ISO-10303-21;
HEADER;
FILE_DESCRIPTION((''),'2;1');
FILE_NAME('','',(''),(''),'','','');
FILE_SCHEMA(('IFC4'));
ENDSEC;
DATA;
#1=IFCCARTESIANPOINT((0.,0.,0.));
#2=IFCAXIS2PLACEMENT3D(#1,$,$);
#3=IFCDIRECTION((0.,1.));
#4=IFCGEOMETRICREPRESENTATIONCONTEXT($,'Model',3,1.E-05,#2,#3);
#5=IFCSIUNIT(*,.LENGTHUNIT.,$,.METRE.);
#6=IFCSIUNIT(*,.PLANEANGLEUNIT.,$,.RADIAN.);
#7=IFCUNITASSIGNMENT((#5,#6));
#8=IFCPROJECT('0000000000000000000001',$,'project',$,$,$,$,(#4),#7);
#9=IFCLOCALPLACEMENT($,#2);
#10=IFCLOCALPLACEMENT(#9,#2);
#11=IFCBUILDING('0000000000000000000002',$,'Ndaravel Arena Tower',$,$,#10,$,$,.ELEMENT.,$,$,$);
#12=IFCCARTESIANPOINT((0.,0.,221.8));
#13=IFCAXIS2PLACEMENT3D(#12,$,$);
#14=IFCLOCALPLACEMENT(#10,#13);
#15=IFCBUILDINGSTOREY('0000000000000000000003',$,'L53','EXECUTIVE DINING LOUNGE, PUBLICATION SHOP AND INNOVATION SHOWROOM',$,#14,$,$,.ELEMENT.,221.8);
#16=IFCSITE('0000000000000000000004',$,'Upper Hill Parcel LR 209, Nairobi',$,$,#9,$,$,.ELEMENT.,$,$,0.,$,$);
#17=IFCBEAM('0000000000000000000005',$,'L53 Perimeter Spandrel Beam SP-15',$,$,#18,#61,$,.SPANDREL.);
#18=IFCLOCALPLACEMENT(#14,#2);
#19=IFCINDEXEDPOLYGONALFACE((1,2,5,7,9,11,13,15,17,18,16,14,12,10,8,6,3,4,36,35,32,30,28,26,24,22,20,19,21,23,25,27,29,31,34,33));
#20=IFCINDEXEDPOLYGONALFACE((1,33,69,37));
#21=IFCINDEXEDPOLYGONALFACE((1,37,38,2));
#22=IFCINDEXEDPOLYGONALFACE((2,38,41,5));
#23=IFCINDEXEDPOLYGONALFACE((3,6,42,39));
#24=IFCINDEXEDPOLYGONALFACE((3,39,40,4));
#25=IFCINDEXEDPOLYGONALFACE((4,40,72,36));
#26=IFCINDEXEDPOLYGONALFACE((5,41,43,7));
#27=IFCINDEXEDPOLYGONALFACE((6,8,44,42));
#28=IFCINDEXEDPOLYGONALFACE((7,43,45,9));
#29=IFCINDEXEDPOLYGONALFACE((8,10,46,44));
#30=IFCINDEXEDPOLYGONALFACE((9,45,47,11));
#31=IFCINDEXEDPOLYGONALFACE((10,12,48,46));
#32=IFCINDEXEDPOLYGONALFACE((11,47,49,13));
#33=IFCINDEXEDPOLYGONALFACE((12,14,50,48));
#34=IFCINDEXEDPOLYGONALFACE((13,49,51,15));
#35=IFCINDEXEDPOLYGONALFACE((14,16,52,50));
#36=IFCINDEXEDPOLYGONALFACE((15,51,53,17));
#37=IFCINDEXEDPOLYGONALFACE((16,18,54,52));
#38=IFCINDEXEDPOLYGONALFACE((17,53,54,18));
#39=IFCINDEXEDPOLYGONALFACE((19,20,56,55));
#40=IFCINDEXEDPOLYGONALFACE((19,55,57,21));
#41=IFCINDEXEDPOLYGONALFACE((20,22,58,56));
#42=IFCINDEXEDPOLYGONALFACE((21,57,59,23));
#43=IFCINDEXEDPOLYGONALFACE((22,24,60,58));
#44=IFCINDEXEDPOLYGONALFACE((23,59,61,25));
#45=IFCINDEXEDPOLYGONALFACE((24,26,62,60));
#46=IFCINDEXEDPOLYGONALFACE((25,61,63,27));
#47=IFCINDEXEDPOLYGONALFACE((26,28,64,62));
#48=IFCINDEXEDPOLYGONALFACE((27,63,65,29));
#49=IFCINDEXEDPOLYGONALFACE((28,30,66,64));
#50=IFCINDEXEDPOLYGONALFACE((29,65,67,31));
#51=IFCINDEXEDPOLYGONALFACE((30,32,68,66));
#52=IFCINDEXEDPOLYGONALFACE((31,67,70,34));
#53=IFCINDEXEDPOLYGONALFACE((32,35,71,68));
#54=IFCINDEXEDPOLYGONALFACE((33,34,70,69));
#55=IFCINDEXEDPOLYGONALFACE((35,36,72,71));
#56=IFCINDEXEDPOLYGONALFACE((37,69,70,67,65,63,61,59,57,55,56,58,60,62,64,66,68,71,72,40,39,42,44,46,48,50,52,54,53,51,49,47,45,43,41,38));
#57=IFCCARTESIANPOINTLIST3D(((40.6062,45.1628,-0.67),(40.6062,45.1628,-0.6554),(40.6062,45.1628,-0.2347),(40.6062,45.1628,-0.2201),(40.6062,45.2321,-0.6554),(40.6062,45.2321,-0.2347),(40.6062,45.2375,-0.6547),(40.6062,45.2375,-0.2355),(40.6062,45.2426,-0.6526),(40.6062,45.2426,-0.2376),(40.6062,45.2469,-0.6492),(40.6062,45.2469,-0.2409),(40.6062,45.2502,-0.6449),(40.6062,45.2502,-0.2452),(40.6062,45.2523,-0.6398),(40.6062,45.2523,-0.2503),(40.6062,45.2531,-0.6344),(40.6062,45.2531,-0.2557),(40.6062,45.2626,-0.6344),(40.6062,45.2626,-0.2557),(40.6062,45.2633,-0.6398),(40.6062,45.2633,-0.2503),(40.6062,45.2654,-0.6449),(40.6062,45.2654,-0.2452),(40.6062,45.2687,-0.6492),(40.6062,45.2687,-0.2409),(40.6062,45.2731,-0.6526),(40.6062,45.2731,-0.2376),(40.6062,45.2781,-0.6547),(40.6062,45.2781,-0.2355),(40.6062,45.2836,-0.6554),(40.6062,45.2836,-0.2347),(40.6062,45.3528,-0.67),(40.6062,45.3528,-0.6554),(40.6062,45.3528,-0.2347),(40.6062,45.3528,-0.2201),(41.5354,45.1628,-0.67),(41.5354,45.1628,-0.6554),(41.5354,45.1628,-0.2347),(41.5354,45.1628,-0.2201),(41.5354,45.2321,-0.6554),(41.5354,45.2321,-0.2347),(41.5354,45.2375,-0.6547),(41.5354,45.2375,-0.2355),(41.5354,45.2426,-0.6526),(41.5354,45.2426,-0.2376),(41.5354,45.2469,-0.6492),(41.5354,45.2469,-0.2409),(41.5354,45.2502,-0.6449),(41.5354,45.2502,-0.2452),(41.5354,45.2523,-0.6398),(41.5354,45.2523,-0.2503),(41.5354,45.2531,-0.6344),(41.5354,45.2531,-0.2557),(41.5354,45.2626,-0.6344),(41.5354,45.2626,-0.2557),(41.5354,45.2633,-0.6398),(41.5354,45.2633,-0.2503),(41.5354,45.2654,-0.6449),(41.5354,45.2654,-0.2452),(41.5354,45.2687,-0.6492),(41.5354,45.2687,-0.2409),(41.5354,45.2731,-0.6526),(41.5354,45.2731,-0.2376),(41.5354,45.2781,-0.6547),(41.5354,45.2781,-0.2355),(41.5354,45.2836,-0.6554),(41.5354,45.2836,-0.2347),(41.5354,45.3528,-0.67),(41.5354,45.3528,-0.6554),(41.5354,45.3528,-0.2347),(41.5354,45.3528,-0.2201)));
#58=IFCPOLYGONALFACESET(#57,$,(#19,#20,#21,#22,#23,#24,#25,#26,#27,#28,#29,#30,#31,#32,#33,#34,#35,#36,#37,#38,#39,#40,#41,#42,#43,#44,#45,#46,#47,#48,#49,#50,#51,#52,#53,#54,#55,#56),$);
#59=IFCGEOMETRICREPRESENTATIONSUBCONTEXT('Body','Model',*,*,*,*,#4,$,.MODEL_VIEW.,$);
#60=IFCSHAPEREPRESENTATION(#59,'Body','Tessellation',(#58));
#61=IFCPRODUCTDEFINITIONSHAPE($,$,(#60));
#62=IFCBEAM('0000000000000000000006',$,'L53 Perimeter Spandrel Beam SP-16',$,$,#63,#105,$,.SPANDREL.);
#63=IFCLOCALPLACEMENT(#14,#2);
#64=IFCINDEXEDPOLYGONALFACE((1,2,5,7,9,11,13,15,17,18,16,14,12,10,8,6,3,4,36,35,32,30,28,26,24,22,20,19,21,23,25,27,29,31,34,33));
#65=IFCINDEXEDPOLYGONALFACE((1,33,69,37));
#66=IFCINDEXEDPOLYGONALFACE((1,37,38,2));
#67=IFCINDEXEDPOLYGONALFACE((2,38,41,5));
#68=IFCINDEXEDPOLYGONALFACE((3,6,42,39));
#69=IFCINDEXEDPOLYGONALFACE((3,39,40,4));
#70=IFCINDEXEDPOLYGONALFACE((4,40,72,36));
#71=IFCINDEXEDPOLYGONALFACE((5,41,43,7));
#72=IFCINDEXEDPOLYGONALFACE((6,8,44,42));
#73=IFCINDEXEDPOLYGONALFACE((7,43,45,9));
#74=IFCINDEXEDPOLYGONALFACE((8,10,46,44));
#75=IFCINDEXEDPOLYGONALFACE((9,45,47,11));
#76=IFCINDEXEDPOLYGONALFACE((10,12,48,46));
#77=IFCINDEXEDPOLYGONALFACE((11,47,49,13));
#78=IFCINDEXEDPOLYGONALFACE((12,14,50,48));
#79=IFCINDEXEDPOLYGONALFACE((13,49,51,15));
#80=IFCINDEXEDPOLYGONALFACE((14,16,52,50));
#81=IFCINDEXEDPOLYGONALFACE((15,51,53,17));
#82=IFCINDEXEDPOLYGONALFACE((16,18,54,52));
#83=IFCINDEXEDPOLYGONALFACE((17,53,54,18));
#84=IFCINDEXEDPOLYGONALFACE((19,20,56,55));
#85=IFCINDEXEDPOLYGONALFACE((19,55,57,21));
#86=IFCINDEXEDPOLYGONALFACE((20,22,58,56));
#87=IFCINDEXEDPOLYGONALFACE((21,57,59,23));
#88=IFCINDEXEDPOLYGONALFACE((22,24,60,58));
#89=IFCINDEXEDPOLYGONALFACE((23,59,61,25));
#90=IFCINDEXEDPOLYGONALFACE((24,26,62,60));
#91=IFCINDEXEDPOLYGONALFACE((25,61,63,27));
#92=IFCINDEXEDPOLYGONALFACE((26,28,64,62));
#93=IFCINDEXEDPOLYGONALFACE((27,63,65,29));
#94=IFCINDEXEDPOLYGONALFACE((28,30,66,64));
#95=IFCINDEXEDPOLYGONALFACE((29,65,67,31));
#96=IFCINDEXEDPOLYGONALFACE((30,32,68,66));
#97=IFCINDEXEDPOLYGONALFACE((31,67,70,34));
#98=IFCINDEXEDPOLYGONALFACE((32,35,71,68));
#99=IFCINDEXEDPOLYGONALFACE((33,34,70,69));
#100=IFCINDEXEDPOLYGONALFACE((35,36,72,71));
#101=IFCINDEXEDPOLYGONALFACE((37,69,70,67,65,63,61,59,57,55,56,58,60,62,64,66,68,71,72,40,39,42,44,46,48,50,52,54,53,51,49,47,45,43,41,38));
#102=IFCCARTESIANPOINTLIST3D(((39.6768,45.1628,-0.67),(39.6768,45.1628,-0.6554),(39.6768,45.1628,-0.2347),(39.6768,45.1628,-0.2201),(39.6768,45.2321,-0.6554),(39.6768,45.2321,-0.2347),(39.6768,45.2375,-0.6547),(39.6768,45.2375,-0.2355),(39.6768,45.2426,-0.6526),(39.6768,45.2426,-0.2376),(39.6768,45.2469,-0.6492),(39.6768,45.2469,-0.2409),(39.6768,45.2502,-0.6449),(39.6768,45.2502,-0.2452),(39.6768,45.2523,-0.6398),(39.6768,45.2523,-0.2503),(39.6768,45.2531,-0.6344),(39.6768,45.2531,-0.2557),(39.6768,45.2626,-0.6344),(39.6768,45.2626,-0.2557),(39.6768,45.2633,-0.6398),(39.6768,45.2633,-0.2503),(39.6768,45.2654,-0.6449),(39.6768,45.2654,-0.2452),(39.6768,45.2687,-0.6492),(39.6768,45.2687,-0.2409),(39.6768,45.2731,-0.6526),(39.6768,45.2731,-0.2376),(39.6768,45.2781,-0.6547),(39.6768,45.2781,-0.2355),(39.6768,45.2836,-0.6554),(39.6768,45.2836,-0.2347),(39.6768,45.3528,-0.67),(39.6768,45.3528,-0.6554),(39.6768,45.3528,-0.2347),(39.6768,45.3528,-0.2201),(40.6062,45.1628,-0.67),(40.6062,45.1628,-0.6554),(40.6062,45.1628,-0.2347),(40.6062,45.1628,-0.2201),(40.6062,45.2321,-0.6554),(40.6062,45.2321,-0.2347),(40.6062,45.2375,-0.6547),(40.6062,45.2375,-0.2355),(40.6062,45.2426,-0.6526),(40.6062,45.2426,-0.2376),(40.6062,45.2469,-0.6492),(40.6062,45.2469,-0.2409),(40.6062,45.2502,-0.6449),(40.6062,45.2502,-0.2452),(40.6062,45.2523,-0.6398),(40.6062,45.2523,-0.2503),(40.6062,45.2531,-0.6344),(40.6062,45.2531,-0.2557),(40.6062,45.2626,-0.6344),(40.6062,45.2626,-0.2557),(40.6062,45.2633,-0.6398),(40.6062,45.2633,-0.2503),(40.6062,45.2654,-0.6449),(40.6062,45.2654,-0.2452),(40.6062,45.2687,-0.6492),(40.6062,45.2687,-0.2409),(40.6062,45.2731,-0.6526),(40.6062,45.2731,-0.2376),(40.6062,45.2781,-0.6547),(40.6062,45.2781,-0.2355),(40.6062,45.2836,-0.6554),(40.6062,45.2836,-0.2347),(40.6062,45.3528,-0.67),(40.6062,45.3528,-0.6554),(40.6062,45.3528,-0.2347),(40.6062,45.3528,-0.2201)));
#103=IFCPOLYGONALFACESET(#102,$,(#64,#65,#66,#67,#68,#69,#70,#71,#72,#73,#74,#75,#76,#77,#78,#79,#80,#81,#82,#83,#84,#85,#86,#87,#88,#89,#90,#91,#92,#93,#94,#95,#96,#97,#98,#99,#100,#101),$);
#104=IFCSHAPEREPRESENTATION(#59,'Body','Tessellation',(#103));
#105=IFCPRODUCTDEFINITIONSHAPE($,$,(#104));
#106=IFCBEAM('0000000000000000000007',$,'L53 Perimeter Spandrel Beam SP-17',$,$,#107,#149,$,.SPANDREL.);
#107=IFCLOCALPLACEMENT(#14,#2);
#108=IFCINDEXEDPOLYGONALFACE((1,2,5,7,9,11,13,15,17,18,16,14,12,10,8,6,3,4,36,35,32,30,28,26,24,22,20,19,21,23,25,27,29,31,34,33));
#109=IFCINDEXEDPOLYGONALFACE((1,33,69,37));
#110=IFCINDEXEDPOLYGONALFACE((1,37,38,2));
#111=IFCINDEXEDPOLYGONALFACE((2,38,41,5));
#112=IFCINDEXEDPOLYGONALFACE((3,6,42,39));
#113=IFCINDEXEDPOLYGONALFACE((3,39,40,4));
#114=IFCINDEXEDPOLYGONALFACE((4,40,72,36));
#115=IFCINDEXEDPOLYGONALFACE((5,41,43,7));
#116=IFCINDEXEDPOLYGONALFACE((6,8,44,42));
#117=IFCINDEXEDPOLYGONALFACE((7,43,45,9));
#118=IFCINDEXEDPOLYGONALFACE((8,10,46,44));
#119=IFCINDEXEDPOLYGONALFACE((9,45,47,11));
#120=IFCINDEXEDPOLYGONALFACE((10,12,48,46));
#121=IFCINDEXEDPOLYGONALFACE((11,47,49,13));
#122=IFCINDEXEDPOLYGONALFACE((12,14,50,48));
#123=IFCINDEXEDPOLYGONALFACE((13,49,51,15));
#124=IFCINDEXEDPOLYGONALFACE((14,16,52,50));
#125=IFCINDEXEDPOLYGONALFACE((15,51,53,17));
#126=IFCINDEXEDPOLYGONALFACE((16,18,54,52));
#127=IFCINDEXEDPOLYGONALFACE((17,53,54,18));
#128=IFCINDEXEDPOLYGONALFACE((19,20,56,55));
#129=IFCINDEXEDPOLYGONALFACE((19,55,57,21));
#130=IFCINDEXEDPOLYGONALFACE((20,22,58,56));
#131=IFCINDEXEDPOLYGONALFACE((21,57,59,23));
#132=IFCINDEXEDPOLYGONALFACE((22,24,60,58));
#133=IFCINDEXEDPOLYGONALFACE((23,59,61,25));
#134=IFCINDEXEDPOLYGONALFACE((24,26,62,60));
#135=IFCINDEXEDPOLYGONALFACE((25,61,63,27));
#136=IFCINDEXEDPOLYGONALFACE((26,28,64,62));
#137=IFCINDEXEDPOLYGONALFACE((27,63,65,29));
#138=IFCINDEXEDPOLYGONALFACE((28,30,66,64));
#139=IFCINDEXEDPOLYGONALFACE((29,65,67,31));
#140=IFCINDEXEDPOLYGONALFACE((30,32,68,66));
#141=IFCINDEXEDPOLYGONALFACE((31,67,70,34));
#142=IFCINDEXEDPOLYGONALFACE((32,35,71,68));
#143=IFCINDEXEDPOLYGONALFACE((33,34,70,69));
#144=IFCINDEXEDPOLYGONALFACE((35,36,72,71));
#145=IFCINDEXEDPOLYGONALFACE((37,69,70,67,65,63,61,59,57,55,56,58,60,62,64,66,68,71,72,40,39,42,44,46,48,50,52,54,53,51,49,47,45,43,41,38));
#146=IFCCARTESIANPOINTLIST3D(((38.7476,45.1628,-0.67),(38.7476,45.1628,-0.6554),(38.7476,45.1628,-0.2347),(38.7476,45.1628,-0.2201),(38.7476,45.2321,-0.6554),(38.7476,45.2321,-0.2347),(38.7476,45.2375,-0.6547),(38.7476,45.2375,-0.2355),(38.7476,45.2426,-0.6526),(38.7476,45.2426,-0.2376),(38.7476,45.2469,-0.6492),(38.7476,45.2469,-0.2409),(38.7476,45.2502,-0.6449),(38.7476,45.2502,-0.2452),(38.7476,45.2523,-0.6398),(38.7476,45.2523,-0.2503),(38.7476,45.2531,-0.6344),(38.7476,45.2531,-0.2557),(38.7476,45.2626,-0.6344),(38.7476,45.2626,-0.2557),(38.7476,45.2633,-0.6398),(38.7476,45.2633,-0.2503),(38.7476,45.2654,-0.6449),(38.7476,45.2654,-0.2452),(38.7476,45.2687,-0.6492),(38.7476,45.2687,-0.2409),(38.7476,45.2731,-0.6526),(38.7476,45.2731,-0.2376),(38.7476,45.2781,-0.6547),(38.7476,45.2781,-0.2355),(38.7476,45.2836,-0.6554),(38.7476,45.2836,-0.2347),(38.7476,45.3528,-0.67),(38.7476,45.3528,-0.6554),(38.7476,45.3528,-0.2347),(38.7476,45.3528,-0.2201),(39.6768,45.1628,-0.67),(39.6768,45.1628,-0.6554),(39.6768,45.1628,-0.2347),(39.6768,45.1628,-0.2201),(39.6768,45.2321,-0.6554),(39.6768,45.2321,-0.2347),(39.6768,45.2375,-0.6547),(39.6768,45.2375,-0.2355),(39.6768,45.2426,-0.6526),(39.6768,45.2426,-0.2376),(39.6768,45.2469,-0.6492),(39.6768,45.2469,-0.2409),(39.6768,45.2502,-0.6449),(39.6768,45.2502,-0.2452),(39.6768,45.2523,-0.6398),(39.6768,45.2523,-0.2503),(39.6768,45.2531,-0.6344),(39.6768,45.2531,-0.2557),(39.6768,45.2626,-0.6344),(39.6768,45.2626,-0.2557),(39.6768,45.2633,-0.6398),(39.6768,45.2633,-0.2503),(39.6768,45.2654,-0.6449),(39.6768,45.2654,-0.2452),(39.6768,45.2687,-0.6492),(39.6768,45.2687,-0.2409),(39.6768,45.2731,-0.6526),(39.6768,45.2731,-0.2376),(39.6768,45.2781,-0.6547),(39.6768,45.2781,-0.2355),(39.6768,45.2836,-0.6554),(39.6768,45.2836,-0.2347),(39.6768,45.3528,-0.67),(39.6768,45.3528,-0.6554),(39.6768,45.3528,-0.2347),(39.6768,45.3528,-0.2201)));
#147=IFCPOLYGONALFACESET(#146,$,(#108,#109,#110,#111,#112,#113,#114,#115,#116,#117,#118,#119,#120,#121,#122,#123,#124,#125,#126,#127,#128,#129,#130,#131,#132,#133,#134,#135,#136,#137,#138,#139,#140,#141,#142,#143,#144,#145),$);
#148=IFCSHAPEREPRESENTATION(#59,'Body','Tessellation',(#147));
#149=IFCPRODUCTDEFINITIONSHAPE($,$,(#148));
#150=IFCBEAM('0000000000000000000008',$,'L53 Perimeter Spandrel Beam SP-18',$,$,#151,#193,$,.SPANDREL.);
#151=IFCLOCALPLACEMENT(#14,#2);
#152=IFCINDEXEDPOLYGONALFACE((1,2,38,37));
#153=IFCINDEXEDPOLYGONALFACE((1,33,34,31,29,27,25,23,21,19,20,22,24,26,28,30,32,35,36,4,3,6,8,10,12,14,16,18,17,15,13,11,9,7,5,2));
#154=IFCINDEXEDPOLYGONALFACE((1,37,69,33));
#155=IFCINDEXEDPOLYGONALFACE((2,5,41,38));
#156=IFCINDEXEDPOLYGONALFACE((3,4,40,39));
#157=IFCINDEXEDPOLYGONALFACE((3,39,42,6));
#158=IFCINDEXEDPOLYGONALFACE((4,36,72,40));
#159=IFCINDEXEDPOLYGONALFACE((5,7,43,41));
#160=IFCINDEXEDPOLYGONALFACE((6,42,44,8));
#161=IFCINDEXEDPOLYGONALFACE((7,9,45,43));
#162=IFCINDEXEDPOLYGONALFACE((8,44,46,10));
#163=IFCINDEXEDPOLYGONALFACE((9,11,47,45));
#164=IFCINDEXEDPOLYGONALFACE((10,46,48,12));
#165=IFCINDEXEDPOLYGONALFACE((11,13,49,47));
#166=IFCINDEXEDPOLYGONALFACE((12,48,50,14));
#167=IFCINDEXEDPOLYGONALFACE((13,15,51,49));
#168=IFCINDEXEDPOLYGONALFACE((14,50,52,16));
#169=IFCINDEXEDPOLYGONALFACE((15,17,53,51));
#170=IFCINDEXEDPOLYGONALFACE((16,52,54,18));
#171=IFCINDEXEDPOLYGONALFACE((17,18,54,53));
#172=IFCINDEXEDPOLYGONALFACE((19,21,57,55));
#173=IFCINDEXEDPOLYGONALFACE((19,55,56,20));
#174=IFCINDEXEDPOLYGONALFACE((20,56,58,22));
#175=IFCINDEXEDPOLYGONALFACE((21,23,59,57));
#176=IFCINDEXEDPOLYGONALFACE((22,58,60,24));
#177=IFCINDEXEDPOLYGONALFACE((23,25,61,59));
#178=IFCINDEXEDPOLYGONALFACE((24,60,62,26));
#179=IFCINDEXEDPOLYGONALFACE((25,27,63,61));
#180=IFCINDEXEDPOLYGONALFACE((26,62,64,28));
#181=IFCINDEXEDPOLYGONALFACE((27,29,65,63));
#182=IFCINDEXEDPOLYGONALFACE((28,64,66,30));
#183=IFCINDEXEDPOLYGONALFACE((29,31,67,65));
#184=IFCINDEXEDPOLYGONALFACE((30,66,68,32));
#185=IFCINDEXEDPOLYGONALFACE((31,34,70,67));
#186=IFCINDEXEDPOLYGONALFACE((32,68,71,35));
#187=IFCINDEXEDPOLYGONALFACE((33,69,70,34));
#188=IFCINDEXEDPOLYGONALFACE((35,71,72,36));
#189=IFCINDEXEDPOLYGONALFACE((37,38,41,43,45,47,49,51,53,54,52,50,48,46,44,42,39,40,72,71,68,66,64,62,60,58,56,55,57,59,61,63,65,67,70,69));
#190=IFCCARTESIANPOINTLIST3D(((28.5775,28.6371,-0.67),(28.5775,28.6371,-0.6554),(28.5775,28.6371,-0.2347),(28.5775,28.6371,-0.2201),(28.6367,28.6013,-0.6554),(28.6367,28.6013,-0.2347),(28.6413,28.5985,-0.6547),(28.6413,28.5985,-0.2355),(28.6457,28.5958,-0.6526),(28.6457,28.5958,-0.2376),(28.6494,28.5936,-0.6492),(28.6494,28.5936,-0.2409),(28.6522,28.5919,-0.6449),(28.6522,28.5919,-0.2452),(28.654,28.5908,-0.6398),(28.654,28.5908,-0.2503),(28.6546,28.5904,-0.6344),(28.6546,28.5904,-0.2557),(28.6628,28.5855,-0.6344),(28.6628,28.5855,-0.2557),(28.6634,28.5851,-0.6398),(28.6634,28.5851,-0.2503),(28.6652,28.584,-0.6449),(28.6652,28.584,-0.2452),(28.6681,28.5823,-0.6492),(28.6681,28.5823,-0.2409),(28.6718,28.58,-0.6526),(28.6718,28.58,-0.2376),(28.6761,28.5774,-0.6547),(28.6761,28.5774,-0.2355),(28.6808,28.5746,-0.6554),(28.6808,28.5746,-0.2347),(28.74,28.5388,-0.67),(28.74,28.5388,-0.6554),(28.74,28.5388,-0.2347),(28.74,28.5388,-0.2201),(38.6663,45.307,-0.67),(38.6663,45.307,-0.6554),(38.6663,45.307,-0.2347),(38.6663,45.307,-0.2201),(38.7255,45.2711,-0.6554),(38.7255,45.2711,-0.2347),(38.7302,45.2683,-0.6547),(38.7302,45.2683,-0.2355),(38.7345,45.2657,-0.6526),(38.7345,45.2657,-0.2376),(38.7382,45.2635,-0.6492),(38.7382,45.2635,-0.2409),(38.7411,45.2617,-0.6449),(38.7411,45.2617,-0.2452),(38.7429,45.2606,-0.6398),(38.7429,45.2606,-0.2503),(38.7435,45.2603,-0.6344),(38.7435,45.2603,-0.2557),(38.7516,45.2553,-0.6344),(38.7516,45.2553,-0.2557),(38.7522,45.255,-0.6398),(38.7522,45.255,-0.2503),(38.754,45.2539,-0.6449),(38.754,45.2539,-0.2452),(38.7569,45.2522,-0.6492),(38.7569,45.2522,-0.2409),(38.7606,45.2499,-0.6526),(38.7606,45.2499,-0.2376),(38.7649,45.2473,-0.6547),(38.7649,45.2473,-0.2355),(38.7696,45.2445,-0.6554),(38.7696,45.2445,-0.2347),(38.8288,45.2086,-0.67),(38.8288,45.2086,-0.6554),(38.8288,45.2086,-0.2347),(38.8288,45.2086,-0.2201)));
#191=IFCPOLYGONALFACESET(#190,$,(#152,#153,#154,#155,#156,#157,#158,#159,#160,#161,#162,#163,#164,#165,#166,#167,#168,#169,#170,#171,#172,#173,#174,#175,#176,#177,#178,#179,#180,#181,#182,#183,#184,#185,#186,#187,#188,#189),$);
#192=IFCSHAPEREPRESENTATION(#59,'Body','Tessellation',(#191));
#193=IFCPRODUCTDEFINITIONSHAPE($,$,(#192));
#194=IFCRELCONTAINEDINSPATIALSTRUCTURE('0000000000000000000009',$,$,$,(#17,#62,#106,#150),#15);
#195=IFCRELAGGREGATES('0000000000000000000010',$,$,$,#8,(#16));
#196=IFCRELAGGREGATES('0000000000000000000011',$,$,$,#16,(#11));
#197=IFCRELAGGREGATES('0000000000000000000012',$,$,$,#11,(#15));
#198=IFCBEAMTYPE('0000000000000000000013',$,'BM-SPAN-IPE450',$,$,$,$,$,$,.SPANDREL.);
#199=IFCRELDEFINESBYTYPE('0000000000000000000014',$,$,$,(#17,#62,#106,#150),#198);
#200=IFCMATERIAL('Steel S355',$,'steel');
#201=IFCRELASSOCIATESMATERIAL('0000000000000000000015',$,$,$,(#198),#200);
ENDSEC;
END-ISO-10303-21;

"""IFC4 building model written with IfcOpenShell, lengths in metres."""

from ifc_helpers import new_model, si_unit, direction, frame, origin, origin_2d, place, context, subcontext, project, spatial, i_section, extrude, material, material_profile, profile_set, type_object, element, save


model = new_model("IFC4")

# Units and contexts
model_context = context("Model", 3, precision=1e-05, world=origin(), true_north=direction((0.0, 1.0)))
body_context = subcontext(model_context, "Body", "Model", "MODEL_VIEW")
ifc_project = project(units=[si_unit("LENGTHUNIT", "METRE"), si_unit("PLANEANGLEUNIT", "RADIAN")], contexts=[model_context])

# Site, building, storey
site_placement = place(None, origin())
site = spatial("IfcSite", under=ifc_project, at=site_placement, Name="Upper Hill Parcel LR 209, Nairobi", CompositionType="ELEMENT", RefElevation=0.0)
building_placement = place(site_placement, origin())
building = spatial("IfcBuilding", under=site, at=building_placement, Name="Ndaravel Arena Tower", CompositionType="ELEMENT")
storey_placement = place(building_placement, frame((0.0, 0.0, 221.8)))
storey = spatial("IfcBuildingStorey", under=building, at=storey_placement, Name="L53", Description="EXECUTIVE DINING LOUNGE, PUBLICATION SHOP AND INNOVATION SHOWROOM", CompositionType="ELEMENT", Elevation=221.8)

# Beams
ifc_material_1 = material(Name="Steel S355", Category="steel")
ifc_material_profile_1 = material_profile(ifc_material_1, i_section(OverallWidth=0.1899, OverallDepth=0.45, WebThickness=0.0095, FlangeThickness=0.0146, FilletRadius=0.021, at=origin_2d()), Name="IPE 450")
ifc_profile_set_1 = profile_set([ifc_material_profile_1], Name="Steel S355")
beam_type_1 = type_object("IfcBeamType", Name="BM-SPAN-IPE450", PredefinedType="SPANDREL", material=ifc_profile_set_1)
beam_1_placement = place(storey_placement, frame((41.5354, 45.2578, -0.4451), z_axis=(-1.0, 0.0, 0.0), x_axis=(0.0, -1.0, 0.0)))
element("IfcBeam", 1, at=beam_1_placement, inside=storey, type_object=beam_type_1, Name="L53 Perimeter Spandrel Beam SP-15", PredefinedType="SPANDREL", context=body_context, shape_type="SweptSolid", body=[
    extrude(i_section(OverallWidth=0.1899, OverallDepth=0.45, WebThickness=0.0095, FlangeThickness=0.0146, FilletRadius=0.021, at=origin_2d()), origin(), (0.0, 0.0, 1.0), 0.9292),
])
beam_2_placement = place(storey_placement, frame((40.6062, 45.2578, -0.4451), z_axis=(-1.0, 0.0, 0.0), x_axis=(0.0, -1.0, 0.0)))
element("IfcBeam", 2, at=beam_2_placement, inside=storey, type_object=beam_type_1, Name="L53 Perimeter Spandrel Beam SP-16", PredefinedType="SPANDREL", context=body_context, shape_type="SweptSolid", body=[
    extrude(i_section(OverallWidth=0.1899, OverallDepth=0.45, WebThickness=0.0095, FlangeThickness=0.0146, FilletRadius=0.021, at=origin_2d()), origin(), (0.0, 0.0, 1.0), 0.9294),
])
beam_3_placement = place(storey_placement, frame((39.6768, 45.2578, -0.4451), z_axis=(-1.0, 0.0, 0.0), x_axis=(0.0, -1.0, 0.0)))
element("IfcBeam", 3, at=beam_3_placement, inside=storey, type_object=beam_type_1, Name="L53 Perimeter Spandrel Beam SP-17", PredefinedType="SPANDREL", context=body_context, shape_type="SweptSolid", body=[
    extrude(i_section(OverallWidth=0.1899, OverallDepth=0.45, WebThickness=0.0095, FlangeThickness=0.0146, FilletRadius=0.021, at=origin_2d()), origin(), (0.0, 0.0, 1.0), 0.9292),
])
for number, where, z_axis, x_axis, name in (
    (4, (38.7476, 45.2578, -0.4451), (-0.517772, -0.855519, 0.0), (0.855519, -0.517772, 0.0), "L53 Perimeter Spandrel Beam SP-18"),
):
    element("IfcBeam", number, at=place(storey_placement, frame(where, z_axis=z_axis, x_axis=x_axis)), inside=storey, type_object=beam_type_1, Name=name, PredefinedType="SPANDREL", context=body_context, shape_type="SweptSolid", body=[
        extrude(i_section(OverallWidth=0.1899, OverallDepth=0.45, WebThickness=0.0095, FlangeThickness=0.0146, FilletRadius=0.021, at=origin_2d()), origin(), (0.0, 0.0, 1.0), 19.4851),
    ])

save(model, "model.ifc")
